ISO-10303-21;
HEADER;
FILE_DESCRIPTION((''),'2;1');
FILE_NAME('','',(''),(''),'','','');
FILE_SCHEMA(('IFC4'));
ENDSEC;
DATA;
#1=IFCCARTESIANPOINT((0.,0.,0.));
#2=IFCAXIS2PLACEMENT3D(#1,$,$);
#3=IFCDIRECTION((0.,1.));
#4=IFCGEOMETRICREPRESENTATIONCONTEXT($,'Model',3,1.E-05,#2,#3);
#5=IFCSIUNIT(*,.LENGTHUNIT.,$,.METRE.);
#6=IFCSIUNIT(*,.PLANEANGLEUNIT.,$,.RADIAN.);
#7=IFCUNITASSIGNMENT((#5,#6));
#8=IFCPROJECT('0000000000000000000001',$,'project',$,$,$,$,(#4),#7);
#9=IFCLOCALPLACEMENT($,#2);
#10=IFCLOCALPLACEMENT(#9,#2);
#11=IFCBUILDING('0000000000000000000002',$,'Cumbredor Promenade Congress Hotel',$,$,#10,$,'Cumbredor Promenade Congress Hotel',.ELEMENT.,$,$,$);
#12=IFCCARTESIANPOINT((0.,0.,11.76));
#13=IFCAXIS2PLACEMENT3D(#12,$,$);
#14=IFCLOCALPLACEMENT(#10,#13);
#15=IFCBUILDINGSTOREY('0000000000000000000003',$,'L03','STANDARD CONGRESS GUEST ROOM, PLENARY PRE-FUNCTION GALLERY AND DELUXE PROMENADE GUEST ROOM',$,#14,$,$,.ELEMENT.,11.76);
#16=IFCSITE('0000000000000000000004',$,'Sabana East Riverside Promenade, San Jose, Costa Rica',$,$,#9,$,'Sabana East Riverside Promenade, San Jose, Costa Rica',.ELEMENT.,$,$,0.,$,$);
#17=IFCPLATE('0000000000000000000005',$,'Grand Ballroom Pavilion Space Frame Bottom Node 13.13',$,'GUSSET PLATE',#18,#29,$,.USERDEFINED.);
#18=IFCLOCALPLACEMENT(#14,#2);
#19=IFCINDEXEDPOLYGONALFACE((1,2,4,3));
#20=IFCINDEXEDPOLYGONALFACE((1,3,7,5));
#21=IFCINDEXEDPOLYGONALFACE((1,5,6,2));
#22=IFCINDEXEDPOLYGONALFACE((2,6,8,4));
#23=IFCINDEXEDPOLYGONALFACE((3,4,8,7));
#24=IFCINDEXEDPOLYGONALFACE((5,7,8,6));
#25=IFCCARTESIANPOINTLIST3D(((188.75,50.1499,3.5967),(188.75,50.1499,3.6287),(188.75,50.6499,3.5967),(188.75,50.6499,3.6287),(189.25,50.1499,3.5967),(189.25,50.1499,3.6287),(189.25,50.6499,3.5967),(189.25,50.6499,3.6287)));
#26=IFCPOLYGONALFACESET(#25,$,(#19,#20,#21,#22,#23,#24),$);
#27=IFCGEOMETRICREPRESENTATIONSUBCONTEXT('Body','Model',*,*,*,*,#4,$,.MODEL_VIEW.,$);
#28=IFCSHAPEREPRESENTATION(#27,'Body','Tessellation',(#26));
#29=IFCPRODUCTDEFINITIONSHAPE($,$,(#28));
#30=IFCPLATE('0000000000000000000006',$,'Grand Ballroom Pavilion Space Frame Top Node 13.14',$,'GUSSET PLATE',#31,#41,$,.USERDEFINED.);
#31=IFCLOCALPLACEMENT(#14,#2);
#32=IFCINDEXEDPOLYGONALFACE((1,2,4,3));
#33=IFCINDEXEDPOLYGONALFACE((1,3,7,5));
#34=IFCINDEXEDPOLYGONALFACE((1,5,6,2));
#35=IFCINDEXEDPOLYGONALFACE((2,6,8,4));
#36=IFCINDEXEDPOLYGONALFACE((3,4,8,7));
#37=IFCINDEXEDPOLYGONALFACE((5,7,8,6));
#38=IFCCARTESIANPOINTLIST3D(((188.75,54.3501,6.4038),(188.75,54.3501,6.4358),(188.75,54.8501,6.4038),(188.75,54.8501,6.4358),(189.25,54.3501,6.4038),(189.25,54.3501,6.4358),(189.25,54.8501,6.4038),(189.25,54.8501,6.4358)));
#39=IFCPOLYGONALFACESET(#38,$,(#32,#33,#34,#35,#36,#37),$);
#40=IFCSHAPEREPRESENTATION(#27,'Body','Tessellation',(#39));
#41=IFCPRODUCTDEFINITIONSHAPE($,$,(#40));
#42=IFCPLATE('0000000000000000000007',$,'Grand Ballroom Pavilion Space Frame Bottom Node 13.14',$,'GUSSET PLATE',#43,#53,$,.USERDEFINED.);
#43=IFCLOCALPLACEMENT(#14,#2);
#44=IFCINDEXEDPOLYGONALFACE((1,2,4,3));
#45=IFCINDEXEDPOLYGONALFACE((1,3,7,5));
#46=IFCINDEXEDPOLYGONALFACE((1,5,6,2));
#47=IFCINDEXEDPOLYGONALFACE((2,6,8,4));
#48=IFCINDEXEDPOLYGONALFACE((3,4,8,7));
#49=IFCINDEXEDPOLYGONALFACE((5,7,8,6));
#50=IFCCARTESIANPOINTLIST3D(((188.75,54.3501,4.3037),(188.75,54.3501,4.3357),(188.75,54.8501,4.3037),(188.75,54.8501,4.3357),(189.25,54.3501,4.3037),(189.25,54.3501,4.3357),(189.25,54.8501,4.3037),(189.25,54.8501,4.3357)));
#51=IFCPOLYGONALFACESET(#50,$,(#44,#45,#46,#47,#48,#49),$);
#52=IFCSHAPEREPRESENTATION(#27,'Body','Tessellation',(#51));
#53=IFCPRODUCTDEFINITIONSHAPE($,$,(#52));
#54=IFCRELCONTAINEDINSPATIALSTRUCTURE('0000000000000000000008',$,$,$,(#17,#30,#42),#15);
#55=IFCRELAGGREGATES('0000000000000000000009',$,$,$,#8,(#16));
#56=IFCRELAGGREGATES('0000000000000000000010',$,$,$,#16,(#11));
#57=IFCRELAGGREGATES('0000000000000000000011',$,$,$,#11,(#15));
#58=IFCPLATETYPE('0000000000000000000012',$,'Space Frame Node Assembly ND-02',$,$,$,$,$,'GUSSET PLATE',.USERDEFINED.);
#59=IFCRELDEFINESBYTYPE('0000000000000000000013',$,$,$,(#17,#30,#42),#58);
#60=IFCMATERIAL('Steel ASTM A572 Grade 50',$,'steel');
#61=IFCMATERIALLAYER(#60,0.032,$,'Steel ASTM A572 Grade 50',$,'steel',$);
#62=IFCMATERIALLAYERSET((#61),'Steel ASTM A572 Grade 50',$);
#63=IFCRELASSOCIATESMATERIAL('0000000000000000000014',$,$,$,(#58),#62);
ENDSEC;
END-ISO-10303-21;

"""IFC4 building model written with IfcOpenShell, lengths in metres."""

from ifc_helpers import new_model, si_unit, direction, frame, origin, origin_2d, place, context, subcontext, project, spatial, rectangle, extrude, material, layer, layer_set, type_object, element, save


model = new_model("IFC4")

# Units and contexts
model_context = context("Model", 3, precision=1e-05, world=origin(), true_north=direction((0.0, 1.0)))
body_context = subcontext(model_context, "Body", "Model", "MODEL_VIEW")
ifc_project = project(units=[si_unit("LENGTHUNIT", "METRE"), si_unit("PLANEANGLEUNIT", "RADIAN")], contexts=[model_context])

# Site, building, storey
site_placement = place(None, origin())
site = spatial("IfcSite", under=ifc_project, at=site_placement, Name="Sabana East Riverside Promenade, San Jose, Costa Rica", LongName="Sabana East Riverside Promenade, San Jose, Costa Rica", CompositionType="ELEMENT", RefElevation=0.0)
building_placement = place(site_placement, origin())
building = spatial("IfcBuilding", under=site, at=building_placement, Name="Cumbredor Promenade Congress Hotel", LongName="Cumbredor Promenade Congress Hotel", CompositionType="ELEMENT")
storey_placement = place(building_placement, frame((0.0, 0.0, 11.76)))
storey = spatial("IfcBuildingStorey", under=building, at=storey_placement, Name="L03", Description="STANDARD CONGRESS GUEST ROOM, PLENARY PRE-FUNCTION GALLERY AND DELUXE PROMENADE GUEST ROOM", CompositionType="ELEMENT", Elevation=11.76)

# Plates
ifc_material_1 = material(Name="Steel ASTM A572 Grade 50", Category="steel")
ifc_layer_1 = layer(ifc_material_1, 0.032, Name="Steel ASTM A572 Grade 50", Category="steel")
ifc_layer_set_1 = layer_set([ifc_layer_1], Name="Steel ASTM A572 Grade 50")
plate_type_1 = type_object("IfcPlateType", Name="Space Frame Node Assembly ND-02", ElementType="GUSSET PLATE", PredefinedType="USERDEFINED", material=ifc_layer_set_1)
for number, where, z_axis, x_axis, name in (
    (1, (189.0, 50.3999, 3.5967), (0.0, 0.0, 1.0), (1.0, 0.0, 0.0), "Grand Ballroom Pavilion Space Frame Bottom Node 13.13"),
    (2, (189.0, 54.6001, 6.4038), (0.0, 0.0, 1.0), (1.0, 0.0, 0.0), "Grand Ballroom Pavilion Space Frame Top Node 13.14"),
    (3, (189.0, 54.6001, 4.3037), (0.0, 0.0, 1.0), (1.0, 0.0, 0.0), "Grand Ballroom Pavilion Space Frame Bottom Node 13.14"),
):
    element("IfcPlate", number, at=place(storey_placement, frame(where, z_axis=z_axis, x_axis=x_axis)), inside=storey, type_object=plate_type_1, Name=name, ObjectType="GUSSET PLATE", PredefinedType="USERDEFINED", context=body_context, shape_type="SweptSolid", body=[
        extrude(rectangle(XDim=0.5, YDim=0.5, at=origin_2d()), origin(), (0.0, 0.0, 1.0), 0.032),
    ])

save(model, "model.ifc")
